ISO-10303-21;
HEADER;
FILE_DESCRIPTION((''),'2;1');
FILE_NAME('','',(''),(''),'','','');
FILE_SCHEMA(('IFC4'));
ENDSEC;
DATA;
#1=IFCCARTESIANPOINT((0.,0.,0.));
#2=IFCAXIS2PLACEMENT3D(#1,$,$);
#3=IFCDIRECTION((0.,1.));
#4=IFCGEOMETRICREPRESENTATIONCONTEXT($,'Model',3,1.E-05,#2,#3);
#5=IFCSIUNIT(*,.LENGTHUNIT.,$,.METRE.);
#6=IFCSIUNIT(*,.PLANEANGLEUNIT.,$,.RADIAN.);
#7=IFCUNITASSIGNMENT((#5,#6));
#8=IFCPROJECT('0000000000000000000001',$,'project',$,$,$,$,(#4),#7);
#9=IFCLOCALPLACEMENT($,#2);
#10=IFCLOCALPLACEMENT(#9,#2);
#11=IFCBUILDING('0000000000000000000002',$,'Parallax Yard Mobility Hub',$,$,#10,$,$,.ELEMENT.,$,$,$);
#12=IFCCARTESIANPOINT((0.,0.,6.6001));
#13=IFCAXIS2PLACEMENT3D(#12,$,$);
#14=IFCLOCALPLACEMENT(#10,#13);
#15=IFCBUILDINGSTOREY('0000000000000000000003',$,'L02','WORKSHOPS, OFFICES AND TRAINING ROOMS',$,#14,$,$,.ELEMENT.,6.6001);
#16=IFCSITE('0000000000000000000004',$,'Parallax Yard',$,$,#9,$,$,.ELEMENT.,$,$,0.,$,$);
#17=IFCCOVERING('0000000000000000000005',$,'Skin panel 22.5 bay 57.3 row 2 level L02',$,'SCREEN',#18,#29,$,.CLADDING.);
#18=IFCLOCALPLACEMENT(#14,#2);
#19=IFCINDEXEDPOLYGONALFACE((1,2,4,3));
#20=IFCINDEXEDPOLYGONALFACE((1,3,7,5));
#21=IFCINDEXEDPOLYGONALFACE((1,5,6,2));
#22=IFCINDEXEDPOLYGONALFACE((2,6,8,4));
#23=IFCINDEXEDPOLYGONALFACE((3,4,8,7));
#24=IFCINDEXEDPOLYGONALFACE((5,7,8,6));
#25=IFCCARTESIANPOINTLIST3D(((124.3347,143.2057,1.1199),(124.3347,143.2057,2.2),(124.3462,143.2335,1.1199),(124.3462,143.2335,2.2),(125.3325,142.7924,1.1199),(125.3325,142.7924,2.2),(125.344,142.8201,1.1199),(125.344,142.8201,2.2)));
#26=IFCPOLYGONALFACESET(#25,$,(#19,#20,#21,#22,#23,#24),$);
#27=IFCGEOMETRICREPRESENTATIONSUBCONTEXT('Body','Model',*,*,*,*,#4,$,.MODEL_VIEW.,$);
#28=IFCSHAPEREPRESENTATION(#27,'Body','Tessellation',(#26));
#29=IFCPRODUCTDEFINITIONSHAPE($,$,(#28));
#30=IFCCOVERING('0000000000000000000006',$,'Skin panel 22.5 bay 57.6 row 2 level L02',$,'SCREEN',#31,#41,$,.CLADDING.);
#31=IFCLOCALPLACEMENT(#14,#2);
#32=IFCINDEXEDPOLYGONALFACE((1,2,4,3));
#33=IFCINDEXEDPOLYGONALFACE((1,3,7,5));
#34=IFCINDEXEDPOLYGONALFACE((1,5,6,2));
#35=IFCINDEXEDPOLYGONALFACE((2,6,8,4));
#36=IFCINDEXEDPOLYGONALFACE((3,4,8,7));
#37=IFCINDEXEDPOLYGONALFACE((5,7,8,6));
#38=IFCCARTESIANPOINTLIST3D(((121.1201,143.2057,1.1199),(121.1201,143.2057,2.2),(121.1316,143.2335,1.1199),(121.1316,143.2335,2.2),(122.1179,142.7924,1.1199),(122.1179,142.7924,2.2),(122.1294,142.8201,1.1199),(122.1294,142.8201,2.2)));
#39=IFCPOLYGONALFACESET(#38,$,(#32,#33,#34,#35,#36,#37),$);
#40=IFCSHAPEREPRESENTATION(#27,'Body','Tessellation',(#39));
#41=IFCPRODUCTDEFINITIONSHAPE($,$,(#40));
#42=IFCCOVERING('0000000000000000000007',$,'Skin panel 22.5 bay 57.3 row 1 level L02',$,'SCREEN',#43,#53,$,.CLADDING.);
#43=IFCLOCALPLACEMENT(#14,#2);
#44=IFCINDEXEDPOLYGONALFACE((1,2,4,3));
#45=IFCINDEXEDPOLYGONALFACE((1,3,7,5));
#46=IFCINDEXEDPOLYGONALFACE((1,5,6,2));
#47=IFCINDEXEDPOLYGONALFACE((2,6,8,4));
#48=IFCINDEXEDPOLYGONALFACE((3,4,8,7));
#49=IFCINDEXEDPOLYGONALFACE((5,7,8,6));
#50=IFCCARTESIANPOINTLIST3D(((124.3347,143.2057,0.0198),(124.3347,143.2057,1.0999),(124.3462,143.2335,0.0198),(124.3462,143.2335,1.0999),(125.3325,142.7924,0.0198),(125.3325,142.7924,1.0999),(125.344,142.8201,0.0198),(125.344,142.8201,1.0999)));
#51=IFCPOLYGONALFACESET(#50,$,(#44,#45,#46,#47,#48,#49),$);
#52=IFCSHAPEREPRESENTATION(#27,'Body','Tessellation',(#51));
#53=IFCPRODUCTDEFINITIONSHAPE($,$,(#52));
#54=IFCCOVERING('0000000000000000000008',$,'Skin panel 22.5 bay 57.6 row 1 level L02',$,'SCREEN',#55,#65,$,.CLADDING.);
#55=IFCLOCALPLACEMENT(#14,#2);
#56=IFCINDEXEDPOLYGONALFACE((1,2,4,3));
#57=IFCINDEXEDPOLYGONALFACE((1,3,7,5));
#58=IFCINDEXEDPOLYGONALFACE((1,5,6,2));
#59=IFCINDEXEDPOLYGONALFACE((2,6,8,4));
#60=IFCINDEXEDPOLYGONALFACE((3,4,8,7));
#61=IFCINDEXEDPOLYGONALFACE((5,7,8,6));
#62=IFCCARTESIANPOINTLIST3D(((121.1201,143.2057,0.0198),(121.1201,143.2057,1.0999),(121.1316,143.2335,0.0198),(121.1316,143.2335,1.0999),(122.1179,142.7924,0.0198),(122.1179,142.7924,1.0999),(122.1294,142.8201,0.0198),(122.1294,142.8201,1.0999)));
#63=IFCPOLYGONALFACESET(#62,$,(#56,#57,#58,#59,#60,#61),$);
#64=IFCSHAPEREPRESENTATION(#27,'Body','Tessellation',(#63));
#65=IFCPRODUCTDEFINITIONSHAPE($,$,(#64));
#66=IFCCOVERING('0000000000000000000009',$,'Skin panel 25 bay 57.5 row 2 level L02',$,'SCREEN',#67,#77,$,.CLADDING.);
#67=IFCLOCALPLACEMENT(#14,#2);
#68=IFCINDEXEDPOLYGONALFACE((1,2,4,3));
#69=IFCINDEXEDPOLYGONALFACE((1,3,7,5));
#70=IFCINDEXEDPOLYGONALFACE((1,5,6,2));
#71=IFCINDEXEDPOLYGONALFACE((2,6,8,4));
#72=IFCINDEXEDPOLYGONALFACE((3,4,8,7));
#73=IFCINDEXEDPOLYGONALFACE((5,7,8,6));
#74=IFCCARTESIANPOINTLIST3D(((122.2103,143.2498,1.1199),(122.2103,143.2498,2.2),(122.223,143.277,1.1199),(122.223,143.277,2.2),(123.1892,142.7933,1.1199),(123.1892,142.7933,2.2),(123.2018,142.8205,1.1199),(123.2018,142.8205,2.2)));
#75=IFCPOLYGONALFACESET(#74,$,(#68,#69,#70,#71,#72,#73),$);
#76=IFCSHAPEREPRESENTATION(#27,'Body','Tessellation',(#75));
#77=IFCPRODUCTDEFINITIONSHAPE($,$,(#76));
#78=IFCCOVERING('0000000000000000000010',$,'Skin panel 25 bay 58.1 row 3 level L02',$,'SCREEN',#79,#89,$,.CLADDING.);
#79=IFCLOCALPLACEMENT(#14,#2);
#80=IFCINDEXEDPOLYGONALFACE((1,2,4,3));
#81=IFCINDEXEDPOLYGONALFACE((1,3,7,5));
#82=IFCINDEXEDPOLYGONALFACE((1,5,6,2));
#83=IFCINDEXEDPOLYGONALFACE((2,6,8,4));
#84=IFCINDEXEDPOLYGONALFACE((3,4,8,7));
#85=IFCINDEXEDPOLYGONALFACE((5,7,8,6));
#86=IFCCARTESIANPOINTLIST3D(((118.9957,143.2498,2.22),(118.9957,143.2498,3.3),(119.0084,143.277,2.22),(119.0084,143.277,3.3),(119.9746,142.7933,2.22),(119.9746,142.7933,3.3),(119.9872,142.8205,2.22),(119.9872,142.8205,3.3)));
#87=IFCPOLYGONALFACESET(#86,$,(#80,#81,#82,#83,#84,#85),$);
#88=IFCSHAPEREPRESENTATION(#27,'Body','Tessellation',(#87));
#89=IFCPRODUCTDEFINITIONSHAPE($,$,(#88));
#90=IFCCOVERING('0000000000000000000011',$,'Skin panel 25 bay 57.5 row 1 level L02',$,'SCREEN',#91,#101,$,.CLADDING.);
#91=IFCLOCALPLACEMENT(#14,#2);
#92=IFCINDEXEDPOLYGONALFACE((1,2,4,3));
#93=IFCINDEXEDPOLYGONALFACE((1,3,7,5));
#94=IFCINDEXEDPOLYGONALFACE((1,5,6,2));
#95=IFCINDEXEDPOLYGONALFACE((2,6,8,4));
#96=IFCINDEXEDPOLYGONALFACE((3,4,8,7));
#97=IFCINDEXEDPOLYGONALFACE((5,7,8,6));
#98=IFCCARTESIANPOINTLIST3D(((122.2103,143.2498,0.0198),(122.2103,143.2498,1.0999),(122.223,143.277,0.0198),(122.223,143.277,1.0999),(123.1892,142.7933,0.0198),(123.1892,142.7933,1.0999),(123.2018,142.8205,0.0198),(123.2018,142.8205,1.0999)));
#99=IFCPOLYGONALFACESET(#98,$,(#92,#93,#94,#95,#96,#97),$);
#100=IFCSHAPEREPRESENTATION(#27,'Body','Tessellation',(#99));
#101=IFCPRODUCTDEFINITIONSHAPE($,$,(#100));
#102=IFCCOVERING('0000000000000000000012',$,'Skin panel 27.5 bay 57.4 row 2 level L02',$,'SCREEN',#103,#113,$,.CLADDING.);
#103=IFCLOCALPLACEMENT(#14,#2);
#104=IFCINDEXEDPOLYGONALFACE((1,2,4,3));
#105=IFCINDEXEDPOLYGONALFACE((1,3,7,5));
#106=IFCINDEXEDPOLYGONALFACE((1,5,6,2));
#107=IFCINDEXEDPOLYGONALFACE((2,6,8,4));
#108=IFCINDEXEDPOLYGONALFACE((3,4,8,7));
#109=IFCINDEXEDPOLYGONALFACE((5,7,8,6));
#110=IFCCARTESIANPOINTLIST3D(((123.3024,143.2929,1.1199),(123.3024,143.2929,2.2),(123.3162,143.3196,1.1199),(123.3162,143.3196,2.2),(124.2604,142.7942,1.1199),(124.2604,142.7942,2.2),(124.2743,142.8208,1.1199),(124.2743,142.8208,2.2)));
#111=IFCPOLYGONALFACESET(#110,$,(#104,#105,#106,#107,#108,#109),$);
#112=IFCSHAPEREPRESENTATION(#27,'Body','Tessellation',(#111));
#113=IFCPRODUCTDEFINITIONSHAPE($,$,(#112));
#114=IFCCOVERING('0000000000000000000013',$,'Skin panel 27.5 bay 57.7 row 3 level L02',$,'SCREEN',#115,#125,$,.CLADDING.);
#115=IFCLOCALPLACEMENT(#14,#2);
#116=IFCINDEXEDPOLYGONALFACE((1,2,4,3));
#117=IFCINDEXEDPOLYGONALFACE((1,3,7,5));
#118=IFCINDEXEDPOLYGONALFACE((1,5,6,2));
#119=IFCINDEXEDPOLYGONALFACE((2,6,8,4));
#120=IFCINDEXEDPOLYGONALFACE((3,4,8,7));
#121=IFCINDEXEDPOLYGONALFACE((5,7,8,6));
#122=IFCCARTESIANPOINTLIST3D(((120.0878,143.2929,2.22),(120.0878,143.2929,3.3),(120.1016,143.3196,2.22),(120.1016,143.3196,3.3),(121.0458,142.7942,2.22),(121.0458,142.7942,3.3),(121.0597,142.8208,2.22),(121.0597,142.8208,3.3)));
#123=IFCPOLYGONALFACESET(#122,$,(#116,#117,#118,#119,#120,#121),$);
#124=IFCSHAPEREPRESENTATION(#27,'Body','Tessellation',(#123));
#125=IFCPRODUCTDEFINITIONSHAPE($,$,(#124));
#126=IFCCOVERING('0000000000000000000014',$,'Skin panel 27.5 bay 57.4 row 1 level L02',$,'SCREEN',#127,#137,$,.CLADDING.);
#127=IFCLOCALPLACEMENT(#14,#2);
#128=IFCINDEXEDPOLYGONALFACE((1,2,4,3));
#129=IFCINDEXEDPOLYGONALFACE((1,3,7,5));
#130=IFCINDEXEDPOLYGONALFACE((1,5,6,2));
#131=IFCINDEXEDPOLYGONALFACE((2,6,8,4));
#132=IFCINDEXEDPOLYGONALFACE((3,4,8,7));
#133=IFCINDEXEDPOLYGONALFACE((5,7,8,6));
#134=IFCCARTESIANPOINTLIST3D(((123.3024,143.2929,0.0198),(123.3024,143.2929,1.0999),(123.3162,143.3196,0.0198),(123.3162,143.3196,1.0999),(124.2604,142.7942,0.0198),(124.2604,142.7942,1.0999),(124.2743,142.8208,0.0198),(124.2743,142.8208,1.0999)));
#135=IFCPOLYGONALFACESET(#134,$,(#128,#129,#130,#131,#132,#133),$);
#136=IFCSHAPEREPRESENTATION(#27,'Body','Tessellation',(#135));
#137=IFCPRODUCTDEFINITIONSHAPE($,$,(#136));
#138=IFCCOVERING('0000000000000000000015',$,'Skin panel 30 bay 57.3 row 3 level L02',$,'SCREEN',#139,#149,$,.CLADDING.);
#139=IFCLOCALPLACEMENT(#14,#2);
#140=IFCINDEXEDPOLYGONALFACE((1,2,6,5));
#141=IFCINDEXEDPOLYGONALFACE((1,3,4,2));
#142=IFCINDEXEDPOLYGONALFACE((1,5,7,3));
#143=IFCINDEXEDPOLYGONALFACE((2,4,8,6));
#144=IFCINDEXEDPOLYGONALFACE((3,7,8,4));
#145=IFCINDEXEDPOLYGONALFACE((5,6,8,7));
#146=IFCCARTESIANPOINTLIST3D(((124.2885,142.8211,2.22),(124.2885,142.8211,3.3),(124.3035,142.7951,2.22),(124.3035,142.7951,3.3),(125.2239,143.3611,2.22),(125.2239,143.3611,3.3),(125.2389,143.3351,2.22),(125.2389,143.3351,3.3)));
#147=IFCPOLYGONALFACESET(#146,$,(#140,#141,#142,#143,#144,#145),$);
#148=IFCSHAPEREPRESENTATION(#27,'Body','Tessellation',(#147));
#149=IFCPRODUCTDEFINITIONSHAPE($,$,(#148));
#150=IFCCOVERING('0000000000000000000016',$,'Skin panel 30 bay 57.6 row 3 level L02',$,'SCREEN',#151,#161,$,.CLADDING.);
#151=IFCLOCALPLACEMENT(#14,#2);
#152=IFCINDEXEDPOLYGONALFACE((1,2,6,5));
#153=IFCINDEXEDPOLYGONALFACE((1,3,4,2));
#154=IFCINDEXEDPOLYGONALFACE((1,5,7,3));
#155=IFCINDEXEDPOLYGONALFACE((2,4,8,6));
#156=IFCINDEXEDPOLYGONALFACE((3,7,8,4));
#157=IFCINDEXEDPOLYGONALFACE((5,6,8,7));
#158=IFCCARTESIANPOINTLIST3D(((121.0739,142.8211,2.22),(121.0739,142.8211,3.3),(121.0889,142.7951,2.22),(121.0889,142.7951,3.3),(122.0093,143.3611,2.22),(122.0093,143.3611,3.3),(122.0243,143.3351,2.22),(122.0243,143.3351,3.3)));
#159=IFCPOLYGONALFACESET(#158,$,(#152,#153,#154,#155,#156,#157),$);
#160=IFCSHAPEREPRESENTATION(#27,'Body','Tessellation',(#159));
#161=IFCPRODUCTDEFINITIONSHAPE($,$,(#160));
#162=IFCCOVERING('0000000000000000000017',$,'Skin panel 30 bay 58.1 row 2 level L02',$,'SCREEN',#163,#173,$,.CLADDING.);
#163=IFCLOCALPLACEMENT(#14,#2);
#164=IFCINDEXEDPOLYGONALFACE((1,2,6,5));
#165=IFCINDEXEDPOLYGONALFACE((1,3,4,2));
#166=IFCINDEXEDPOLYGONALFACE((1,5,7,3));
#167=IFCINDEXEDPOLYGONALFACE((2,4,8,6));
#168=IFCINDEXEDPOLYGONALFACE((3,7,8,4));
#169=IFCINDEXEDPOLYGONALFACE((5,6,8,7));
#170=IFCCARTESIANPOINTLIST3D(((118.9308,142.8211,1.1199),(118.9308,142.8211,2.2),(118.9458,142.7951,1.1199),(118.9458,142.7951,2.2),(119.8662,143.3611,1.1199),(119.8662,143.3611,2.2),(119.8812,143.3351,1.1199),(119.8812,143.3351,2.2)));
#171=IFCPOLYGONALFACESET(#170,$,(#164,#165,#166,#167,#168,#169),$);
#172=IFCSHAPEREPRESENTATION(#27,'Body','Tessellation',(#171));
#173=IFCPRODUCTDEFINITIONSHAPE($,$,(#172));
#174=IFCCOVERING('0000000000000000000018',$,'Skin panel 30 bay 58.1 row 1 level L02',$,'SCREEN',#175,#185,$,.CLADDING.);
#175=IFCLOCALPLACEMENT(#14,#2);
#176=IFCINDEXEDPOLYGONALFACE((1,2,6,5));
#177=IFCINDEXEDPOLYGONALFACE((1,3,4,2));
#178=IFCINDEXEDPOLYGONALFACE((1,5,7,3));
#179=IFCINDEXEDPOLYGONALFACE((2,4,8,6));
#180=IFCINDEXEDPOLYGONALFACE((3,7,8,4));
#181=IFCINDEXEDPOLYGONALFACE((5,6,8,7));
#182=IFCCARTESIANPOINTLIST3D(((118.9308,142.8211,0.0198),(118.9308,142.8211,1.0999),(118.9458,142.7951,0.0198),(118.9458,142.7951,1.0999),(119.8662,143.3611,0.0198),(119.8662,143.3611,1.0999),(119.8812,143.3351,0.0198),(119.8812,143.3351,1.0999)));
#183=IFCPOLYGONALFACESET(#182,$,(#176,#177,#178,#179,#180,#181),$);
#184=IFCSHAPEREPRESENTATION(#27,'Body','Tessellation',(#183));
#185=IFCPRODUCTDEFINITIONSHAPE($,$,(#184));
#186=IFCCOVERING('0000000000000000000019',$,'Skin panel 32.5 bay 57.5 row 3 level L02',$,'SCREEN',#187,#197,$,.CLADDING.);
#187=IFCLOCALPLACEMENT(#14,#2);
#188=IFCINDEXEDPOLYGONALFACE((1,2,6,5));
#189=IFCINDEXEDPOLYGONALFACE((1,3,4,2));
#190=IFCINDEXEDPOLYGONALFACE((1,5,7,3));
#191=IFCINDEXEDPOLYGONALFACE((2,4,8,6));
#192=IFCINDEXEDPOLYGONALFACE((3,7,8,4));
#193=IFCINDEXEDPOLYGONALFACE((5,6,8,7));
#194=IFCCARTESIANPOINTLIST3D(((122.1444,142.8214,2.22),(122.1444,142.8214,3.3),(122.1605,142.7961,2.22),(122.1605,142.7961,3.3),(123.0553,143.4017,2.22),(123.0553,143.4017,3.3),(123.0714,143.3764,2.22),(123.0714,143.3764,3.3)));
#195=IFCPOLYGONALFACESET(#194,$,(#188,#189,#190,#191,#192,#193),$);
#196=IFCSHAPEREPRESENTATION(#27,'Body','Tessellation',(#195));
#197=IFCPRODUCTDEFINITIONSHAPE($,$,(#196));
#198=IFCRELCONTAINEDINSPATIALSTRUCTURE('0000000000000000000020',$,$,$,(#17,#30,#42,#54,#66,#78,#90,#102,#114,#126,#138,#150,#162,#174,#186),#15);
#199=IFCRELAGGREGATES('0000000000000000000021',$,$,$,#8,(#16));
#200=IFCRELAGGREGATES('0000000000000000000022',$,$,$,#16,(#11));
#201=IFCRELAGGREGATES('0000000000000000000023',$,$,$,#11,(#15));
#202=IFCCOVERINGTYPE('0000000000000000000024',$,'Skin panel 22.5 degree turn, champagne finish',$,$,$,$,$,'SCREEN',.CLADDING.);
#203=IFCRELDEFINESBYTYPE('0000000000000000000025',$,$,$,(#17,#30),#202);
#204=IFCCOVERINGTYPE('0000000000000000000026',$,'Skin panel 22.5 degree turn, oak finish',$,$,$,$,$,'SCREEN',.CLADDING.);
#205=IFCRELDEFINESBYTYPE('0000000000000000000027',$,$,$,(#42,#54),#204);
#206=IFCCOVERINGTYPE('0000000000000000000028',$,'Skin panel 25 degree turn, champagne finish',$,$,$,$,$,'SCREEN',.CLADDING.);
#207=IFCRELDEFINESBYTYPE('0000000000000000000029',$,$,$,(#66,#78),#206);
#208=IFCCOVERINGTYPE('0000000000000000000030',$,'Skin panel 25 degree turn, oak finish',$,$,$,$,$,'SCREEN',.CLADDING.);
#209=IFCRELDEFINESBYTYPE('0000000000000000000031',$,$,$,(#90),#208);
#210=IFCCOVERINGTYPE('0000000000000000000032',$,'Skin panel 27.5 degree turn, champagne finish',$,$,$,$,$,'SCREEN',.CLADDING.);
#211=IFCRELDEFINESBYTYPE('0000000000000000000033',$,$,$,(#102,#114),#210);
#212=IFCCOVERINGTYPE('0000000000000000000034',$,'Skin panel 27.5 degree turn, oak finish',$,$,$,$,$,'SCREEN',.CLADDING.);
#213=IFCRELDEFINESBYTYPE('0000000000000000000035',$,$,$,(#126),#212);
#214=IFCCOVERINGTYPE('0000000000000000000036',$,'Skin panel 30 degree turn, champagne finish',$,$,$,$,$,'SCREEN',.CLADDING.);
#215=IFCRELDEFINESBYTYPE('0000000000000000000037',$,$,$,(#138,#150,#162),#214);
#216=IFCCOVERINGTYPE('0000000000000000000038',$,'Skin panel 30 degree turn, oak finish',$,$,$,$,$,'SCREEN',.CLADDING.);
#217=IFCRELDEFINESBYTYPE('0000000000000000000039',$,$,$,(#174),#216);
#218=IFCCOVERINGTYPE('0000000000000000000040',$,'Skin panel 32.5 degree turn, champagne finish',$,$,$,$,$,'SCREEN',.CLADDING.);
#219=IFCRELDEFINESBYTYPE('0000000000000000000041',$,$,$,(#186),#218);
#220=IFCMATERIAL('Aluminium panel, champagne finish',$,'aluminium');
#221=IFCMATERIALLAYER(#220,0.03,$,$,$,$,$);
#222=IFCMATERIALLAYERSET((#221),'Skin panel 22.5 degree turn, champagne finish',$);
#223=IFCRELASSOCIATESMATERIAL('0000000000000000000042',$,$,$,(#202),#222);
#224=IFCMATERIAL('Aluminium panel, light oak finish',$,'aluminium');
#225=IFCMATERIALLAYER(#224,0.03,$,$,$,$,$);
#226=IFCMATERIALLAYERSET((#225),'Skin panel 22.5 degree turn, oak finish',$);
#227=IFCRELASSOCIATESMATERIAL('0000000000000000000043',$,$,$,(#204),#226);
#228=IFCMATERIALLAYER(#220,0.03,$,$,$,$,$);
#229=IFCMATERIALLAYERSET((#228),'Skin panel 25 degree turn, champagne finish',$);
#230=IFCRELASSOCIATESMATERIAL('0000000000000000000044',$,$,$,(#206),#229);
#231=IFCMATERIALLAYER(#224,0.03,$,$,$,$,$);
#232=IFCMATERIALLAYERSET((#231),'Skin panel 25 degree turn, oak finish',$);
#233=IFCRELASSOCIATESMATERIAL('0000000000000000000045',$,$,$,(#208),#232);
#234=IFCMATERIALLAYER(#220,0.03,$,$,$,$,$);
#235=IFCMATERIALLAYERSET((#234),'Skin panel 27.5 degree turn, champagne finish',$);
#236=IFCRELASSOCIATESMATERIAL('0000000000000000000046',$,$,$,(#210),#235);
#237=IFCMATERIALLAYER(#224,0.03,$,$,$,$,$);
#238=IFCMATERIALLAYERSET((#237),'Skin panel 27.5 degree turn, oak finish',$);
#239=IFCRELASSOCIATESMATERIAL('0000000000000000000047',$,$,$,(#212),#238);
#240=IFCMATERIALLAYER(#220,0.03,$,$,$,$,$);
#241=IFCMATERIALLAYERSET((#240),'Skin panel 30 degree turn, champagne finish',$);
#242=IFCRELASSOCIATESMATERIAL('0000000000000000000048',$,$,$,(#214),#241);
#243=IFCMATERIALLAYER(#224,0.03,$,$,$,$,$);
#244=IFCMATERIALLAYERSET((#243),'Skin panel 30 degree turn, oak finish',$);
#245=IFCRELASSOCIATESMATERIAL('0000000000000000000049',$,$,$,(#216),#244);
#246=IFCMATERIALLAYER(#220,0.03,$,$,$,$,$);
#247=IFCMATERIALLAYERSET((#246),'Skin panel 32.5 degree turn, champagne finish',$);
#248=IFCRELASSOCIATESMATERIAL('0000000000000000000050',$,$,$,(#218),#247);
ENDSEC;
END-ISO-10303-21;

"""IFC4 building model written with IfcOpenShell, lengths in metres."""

from ifc_helpers import new_model, si_unit, direction, frame, origin, origin_2d, place, context, subcontext, project, spatial, rectangle, extrude, material, layer, layer_set, type_object, element, save


model = new_model("IFC4")

# Units and contexts
model_context = context("Model", 3, precision=1e-05, world=origin(), true_north=direction((0.0, 1.0)))
body_context = subcontext(model_context, "Body", "Model", "MODEL_VIEW")
ifc_project = project(units=[si_unit("LENGTHUNIT", "METRE"), si_unit("PLANEANGLEUNIT", "RADIAN")], contexts=[model_context])

# Site, building, storey
site_placement = place(None, origin())
site = spatial("IfcSite", under=ifc_project, at=site_placement, Name="Parallax Yard", CompositionType="ELEMENT", RefElevation=0.0)
building_placement = place(site_placement, origin())
building = spatial("IfcBuilding", under=site, at=building_placement, Name="Parallax Yard Mobility Hub", CompositionType="ELEMENT")
storey_placement = place(building_placement, frame((0.0, 0.0, 6.6001)))
storey = spatial("IfcBuildingStorey", under=building, at=storey_placement, Name="L02", Description="WORKSHOPS, OFFICES AND TRAINING ROOMS", CompositionType="ELEMENT", Elevation=6.6001)

# Coverings
ifc_material_1 = material(Name="Aluminium panel, champagne finish", Category="aluminium")
ifc_layer_1 = layer(ifc_material_1, 0.03)
ifc_layer_set_1 = layer_set([ifc_layer_1], Name="Skin panel 22.5 degree turn, champagne finish")
covering_type_1 = type_object("IfcCoveringType", Name="Skin panel 22.5 degree turn, champagne finish", ElementType="SCREEN", PredefinedType="CLADDING", material=ifc_layer_set_1)
for number, where, z_axis, x_axis, name in (
    (1, (124.8394, 143.0129, 1.1199), (0.0, 0.0, 1.0), (-0.92388, 0.382683, 0.0), "Skin panel 22.5 bay 57.3 row 2 level L02"),
    (2, (121.6248, 143.0129, 1.1199), (0.0, 0.0, 1.0), (-0.92388, 0.382683, 0.0), "Skin panel 22.5 bay 57.6 row 2 level L02"),
):
    element("IfcCovering", number, at=place(storey_placement, frame(where, z_axis=z_axis, x_axis=x_axis)), inside=storey, type_object=covering_type_1, Name=name, ObjectType="SCREEN", PredefinedType="CLADDING", context=body_context, shape_type="SweptSolid", body=[
        extrude(rectangle(XDim=1.0801, YDim=0.03, at=origin_2d()), origin(), (0.0, 0.0, 1.0), 1.0801),
    ])
ifc_material_2 = material(Name="Aluminium panel, light oak finish", Category="aluminium")
ifc_layer_2 = layer(ifc_material_2, 0.03)
ifc_layer_set_2 = layer_set([ifc_layer_2], Name="Skin panel 22.5 degree turn, oak finish")
covering_type_2 = type_object("IfcCoveringType", Name="Skin panel 22.5 degree turn, oak finish", ElementType="SCREEN", PredefinedType="CLADDING", material=ifc_layer_set_2)
for number, where, z_axis, x_axis, name in (
    (3, (124.8394, 143.0129, 0.0198), (0.0, 0.0, 1.0), (-0.92388, 0.382683, 0.0), "Skin panel 22.5 bay 57.3 row 1 level L02"),
    (4, (121.6248, 143.0129, 0.0198), (0.0, 0.0, 1.0), (-0.92388, 0.382683, 0.0), "Skin panel 22.5 bay 57.6 row 1 level L02"),
):
    element("IfcCovering", number, at=place(storey_placement, frame(where, z_axis=z_axis, x_axis=x_axis)), inside=storey, type_object=covering_type_2, Name=name, ObjectType="SCREEN", PredefinedType="CLADDING", context=body_context, shape_type="SweptSolid", body=[
        extrude(rectangle(XDim=1.0801, YDim=0.03, at=origin_2d()), origin(), (0.0, 0.0, 1.0), 1.0801),
    ])
ifc_layer_3 = layer(ifc_material_1, 0.03)
ifc_layer_set_3 = layer_set([ifc_layer_3], Name="Skin panel 25 degree turn, champagne finish")
covering_type_3 = type_object("IfcCoveringType", Name="Skin panel 25 degree turn, champagne finish", ElementType="SCREEN", PredefinedType="CLADDING", material=ifc_layer_set_3)
for number, where, z_axis, x_axis, name in (
    (5, (122.7061, 143.0352, 1.1199), (0.0, 0.0, 1.0), (-0.906308, 0.422618, 0.0), "Skin panel 25 bay 57.5 row 2 level L02"),
    (6, (119.4915, 143.0352, 2.22), (0.0, 0.0, 1.0), (-0.906308, 0.422618, 0.0), "Skin panel 25 bay 58.1 row 3 level L02"),
):
    element("IfcCovering", number, at=place(storey_placement, frame(where, z_axis=z_axis, x_axis=x_axis)), inside=storey, type_object=covering_type_3, Name=name, ObjectType="SCREEN", PredefinedType="CLADDING", context=body_context, shape_type="SweptSolid", body=[
        extrude(rectangle(XDim=1.0801, YDim=0.03, at=origin_2d()), origin(), (0.0, 0.0, 1.0), 1.0801),
    ])
ifc_layer_4 = layer(ifc_material_2, 0.03)
ifc_layer_set_4 = layer_set([ifc_layer_4], Name="Skin panel 25 degree turn, oak finish")
covering_type_4 = type_object("IfcCoveringType", Name="Skin panel 25 degree turn, oak finish", ElementType="SCREEN", PredefinedType="CLADDING", material=ifc_layer_set_4)
covering_1_placement = place(storey_placement, frame((122.7061, 143.0352, 0.0198), z_axis=(0.0, 0.0, 1.0), x_axis=(-0.906308, 0.422618, 0.0)))
element("IfcCovering", 7, at=covering_1_placement, inside=storey, type_object=covering_type_4, Name="Skin panel 25 bay 57.5 row 1 level L02", ObjectType="SCREEN", PredefinedType="CLADDING", context=body_context, shape_type="SweptSolid", body=[
    extrude(rectangle(XDim=1.0801, YDim=0.03, at=origin_2d()), origin(), (0.0, 0.0, 1.0), 1.0801),
])
ifc_layer_5 = layer(ifc_material_1, 0.03)
ifc_layer_set_5 = layer_set([ifc_layer_5], Name="Skin panel 27.5 degree turn, champagne finish")
covering_type_5 = type_object("IfcCoveringType", Name="Skin panel 27.5 degree turn, champagne finish", ElementType="SCREEN", PredefinedType="CLADDING", material=ifc_layer_set_5)
for number, where, z_axis, x_axis, name in (
    (8, (123.7883, 143.0569, 1.1199), (0.0, 0.0, 1.0), (-0.887011, 0.461749, 0.0), "Skin panel 27.5 bay 57.4 row 2 level L02"),
    (9, (120.5737, 143.0569, 2.22), (0.0, 0.0, 1.0), (-0.887011, 0.461749, 0.0), "Skin panel 27.5 bay 57.7 row 3 level L02"),
):
    element("IfcCovering", number, at=place(storey_placement, frame(where, z_axis=z_axis, x_axis=x_axis)), inside=storey, type_object=covering_type_5, Name=name, ObjectType="SCREEN", PredefinedType="CLADDING", context=body_context, shape_type="SweptSolid", body=[
        extrude(rectangle(XDim=1.0801, YDim=0.03, at=origin_2d()), origin(), (0.0, 0.0, 1.0), 1.0801),
    ])
ifc_layer_6 = layer(ifc_material_2, 0.03)
ifc_layer_set_6 = layer_set([ifc_layer_6], Name="Skin panel 27.5 degree turn, oak finish")
covering_type_6 = type_object("IfcCoveringType", Name="Skin panel 27.5 degree turn, oak finish", ElementType="SCREEN", PredefinedType="CLADDING", material=ifc_layer_set_6)
covering_2_placement = place(storey_placement, frame((123.7883, 143.0569, 0.0198), z_axis=(0.0, 0.0, 1.0), x_axis=(-0.887011, 0.461749, 0.0)))
element("IfcCovering", 10, at=covering_2_placement, inside=storey, type_object=covering_type_6, Name="Skin panel 27.5 bay 57.4 row 1 level L02", ObjectType="SCREEN", PredefinedType="CLADDING", context=body_context, shape_type="SweptSolid", body=[
    extrude(rectangle(XDim=1.0801, YDim=0.03, at=origin_2d()), origin(), (0.0, 0.0, 1.0), 1.0801),
])
ifc_layer_7 = layer(ifc_material_1, 0.03)
ifc_layer_set_7 = layer_set([ifc_layer_7], Name="Skin panel 30 degree turn, champagne finish")
covering_type_7 = type_object("IfcCoveringType", Name="Skin panel 30 degree turn, champagne finish", ElementType="SCREEN", PredefinedType="CLADDING", material=ifc_layer_set_7)
for number, where, z_axis, x_axis, name in (
    (11, (124.7637, 143.0781, 2.22), (0.0, 0.0, 1.0), (0.866025, 0.5, 0.0), "Skin panel 30 bay 57.3 row 3 level L02"),
    (12, (121.5491, 143.0781, 2.22), (0.0, 0.0, 1.0), (0.866025, 0.5, 0.0), "Skin panel 30 bay 57.6 row 3 level L02"),
    (13, (119.406, 143.0781, 1.1199), (0.0, 0.0, 1.0), (0.866025, 0.5, 0.0), "Skin panel 30 bay 58.1 row 2 level L02"),
):
    element("IfcCovering", number, at=place(storey_placement, frame(where, z_axis=z_axis, x_axis=x_axis)), inside=storey, type_object=covering_type_7, Name=name, ObjectType="SCREEN", PredefinedType="CLADDING", context=body_context, shape_type="SweptSolid", body=[
        extrude(rectangle(XDim=1.0801, YDim=0.03, at=origin_2d()), origin(), (0.0, 0.0, 1.0), 1.0801),
    ])
ifc_layer_8 = layer(ifc_material_2, 0.03)
ifc_layer_set_8 = layer_set([ifc_layer_8], Name="Skin panel 30 degree turn, oak finish")
covering_type_8 = type_object("IfcCoveringType", Name="Skin panel 30 degree turn, oak finish", ElementType="SCREEN", PredefinedType="CLADDING", material=ifc_layer_set_8)
covering_3_placement = place(storey_placement, frame((119.406, 143.0781, 0.0198), z_axis=(0.0, 0.0, 1.0), x_axis=(0.866025, 0.5, 0.0)))
element("IfcCovering", 14, at=covering_3_placement, inside=storey, type_object=covering_type_8, Name="Skin panel 30 bay 58.1 row 1 level L02", ObjectType="SCREEN", PredefinedType="CLADDING", context=body_context, shape_type="SweptSolid", body=[
    extrude(rectangle(XDim=1.0801, YDim=0.03, at=origin_2d()), origin(), (0.0, 0.0, 1.0), 1.0801),
])
ifc_layer_9 = layer(ifc_material_1, 0.03)
ifc_layer_set_9 = layer_set([ifc_layer_9], Name="Skin panel 32.5 degree turn, champagne finish")
covering_type_9 = type_object("IfcCoveringType", Name="Skin panel 32.5 degree turn, champagne finish", ElementType="SCREEN", PredefinedType="CLADDING", material=ifc_layer_set_9)
for number, where, z_axis, x_axis, name in (
    (15, (122.6079, 143.0989, 2.22), (0.0, 0.0, 1.0), (0.843391, 0.5373, 0.0), "Skin panel 32.5 bay 57.5 row 3 level L02"),
):
    element("IfcCovering", number, at=place(storey_placement, frame(where, z_axis=z_axis, x_axis=x_axis)), inside=storey, type_object=covering_type_9, Name=name, ObjectType="SCREEN", PredefinedType="CLADDING", context=body_context, shape_type="SweptSolid", body=[
        extrude(rectangle(XDim=1.0801, YDim=0.03, at=origin_2d()), origin(), (0.0, 0.0, 1.0), 1.0801),
    ])

save(model, "model.ifc")
